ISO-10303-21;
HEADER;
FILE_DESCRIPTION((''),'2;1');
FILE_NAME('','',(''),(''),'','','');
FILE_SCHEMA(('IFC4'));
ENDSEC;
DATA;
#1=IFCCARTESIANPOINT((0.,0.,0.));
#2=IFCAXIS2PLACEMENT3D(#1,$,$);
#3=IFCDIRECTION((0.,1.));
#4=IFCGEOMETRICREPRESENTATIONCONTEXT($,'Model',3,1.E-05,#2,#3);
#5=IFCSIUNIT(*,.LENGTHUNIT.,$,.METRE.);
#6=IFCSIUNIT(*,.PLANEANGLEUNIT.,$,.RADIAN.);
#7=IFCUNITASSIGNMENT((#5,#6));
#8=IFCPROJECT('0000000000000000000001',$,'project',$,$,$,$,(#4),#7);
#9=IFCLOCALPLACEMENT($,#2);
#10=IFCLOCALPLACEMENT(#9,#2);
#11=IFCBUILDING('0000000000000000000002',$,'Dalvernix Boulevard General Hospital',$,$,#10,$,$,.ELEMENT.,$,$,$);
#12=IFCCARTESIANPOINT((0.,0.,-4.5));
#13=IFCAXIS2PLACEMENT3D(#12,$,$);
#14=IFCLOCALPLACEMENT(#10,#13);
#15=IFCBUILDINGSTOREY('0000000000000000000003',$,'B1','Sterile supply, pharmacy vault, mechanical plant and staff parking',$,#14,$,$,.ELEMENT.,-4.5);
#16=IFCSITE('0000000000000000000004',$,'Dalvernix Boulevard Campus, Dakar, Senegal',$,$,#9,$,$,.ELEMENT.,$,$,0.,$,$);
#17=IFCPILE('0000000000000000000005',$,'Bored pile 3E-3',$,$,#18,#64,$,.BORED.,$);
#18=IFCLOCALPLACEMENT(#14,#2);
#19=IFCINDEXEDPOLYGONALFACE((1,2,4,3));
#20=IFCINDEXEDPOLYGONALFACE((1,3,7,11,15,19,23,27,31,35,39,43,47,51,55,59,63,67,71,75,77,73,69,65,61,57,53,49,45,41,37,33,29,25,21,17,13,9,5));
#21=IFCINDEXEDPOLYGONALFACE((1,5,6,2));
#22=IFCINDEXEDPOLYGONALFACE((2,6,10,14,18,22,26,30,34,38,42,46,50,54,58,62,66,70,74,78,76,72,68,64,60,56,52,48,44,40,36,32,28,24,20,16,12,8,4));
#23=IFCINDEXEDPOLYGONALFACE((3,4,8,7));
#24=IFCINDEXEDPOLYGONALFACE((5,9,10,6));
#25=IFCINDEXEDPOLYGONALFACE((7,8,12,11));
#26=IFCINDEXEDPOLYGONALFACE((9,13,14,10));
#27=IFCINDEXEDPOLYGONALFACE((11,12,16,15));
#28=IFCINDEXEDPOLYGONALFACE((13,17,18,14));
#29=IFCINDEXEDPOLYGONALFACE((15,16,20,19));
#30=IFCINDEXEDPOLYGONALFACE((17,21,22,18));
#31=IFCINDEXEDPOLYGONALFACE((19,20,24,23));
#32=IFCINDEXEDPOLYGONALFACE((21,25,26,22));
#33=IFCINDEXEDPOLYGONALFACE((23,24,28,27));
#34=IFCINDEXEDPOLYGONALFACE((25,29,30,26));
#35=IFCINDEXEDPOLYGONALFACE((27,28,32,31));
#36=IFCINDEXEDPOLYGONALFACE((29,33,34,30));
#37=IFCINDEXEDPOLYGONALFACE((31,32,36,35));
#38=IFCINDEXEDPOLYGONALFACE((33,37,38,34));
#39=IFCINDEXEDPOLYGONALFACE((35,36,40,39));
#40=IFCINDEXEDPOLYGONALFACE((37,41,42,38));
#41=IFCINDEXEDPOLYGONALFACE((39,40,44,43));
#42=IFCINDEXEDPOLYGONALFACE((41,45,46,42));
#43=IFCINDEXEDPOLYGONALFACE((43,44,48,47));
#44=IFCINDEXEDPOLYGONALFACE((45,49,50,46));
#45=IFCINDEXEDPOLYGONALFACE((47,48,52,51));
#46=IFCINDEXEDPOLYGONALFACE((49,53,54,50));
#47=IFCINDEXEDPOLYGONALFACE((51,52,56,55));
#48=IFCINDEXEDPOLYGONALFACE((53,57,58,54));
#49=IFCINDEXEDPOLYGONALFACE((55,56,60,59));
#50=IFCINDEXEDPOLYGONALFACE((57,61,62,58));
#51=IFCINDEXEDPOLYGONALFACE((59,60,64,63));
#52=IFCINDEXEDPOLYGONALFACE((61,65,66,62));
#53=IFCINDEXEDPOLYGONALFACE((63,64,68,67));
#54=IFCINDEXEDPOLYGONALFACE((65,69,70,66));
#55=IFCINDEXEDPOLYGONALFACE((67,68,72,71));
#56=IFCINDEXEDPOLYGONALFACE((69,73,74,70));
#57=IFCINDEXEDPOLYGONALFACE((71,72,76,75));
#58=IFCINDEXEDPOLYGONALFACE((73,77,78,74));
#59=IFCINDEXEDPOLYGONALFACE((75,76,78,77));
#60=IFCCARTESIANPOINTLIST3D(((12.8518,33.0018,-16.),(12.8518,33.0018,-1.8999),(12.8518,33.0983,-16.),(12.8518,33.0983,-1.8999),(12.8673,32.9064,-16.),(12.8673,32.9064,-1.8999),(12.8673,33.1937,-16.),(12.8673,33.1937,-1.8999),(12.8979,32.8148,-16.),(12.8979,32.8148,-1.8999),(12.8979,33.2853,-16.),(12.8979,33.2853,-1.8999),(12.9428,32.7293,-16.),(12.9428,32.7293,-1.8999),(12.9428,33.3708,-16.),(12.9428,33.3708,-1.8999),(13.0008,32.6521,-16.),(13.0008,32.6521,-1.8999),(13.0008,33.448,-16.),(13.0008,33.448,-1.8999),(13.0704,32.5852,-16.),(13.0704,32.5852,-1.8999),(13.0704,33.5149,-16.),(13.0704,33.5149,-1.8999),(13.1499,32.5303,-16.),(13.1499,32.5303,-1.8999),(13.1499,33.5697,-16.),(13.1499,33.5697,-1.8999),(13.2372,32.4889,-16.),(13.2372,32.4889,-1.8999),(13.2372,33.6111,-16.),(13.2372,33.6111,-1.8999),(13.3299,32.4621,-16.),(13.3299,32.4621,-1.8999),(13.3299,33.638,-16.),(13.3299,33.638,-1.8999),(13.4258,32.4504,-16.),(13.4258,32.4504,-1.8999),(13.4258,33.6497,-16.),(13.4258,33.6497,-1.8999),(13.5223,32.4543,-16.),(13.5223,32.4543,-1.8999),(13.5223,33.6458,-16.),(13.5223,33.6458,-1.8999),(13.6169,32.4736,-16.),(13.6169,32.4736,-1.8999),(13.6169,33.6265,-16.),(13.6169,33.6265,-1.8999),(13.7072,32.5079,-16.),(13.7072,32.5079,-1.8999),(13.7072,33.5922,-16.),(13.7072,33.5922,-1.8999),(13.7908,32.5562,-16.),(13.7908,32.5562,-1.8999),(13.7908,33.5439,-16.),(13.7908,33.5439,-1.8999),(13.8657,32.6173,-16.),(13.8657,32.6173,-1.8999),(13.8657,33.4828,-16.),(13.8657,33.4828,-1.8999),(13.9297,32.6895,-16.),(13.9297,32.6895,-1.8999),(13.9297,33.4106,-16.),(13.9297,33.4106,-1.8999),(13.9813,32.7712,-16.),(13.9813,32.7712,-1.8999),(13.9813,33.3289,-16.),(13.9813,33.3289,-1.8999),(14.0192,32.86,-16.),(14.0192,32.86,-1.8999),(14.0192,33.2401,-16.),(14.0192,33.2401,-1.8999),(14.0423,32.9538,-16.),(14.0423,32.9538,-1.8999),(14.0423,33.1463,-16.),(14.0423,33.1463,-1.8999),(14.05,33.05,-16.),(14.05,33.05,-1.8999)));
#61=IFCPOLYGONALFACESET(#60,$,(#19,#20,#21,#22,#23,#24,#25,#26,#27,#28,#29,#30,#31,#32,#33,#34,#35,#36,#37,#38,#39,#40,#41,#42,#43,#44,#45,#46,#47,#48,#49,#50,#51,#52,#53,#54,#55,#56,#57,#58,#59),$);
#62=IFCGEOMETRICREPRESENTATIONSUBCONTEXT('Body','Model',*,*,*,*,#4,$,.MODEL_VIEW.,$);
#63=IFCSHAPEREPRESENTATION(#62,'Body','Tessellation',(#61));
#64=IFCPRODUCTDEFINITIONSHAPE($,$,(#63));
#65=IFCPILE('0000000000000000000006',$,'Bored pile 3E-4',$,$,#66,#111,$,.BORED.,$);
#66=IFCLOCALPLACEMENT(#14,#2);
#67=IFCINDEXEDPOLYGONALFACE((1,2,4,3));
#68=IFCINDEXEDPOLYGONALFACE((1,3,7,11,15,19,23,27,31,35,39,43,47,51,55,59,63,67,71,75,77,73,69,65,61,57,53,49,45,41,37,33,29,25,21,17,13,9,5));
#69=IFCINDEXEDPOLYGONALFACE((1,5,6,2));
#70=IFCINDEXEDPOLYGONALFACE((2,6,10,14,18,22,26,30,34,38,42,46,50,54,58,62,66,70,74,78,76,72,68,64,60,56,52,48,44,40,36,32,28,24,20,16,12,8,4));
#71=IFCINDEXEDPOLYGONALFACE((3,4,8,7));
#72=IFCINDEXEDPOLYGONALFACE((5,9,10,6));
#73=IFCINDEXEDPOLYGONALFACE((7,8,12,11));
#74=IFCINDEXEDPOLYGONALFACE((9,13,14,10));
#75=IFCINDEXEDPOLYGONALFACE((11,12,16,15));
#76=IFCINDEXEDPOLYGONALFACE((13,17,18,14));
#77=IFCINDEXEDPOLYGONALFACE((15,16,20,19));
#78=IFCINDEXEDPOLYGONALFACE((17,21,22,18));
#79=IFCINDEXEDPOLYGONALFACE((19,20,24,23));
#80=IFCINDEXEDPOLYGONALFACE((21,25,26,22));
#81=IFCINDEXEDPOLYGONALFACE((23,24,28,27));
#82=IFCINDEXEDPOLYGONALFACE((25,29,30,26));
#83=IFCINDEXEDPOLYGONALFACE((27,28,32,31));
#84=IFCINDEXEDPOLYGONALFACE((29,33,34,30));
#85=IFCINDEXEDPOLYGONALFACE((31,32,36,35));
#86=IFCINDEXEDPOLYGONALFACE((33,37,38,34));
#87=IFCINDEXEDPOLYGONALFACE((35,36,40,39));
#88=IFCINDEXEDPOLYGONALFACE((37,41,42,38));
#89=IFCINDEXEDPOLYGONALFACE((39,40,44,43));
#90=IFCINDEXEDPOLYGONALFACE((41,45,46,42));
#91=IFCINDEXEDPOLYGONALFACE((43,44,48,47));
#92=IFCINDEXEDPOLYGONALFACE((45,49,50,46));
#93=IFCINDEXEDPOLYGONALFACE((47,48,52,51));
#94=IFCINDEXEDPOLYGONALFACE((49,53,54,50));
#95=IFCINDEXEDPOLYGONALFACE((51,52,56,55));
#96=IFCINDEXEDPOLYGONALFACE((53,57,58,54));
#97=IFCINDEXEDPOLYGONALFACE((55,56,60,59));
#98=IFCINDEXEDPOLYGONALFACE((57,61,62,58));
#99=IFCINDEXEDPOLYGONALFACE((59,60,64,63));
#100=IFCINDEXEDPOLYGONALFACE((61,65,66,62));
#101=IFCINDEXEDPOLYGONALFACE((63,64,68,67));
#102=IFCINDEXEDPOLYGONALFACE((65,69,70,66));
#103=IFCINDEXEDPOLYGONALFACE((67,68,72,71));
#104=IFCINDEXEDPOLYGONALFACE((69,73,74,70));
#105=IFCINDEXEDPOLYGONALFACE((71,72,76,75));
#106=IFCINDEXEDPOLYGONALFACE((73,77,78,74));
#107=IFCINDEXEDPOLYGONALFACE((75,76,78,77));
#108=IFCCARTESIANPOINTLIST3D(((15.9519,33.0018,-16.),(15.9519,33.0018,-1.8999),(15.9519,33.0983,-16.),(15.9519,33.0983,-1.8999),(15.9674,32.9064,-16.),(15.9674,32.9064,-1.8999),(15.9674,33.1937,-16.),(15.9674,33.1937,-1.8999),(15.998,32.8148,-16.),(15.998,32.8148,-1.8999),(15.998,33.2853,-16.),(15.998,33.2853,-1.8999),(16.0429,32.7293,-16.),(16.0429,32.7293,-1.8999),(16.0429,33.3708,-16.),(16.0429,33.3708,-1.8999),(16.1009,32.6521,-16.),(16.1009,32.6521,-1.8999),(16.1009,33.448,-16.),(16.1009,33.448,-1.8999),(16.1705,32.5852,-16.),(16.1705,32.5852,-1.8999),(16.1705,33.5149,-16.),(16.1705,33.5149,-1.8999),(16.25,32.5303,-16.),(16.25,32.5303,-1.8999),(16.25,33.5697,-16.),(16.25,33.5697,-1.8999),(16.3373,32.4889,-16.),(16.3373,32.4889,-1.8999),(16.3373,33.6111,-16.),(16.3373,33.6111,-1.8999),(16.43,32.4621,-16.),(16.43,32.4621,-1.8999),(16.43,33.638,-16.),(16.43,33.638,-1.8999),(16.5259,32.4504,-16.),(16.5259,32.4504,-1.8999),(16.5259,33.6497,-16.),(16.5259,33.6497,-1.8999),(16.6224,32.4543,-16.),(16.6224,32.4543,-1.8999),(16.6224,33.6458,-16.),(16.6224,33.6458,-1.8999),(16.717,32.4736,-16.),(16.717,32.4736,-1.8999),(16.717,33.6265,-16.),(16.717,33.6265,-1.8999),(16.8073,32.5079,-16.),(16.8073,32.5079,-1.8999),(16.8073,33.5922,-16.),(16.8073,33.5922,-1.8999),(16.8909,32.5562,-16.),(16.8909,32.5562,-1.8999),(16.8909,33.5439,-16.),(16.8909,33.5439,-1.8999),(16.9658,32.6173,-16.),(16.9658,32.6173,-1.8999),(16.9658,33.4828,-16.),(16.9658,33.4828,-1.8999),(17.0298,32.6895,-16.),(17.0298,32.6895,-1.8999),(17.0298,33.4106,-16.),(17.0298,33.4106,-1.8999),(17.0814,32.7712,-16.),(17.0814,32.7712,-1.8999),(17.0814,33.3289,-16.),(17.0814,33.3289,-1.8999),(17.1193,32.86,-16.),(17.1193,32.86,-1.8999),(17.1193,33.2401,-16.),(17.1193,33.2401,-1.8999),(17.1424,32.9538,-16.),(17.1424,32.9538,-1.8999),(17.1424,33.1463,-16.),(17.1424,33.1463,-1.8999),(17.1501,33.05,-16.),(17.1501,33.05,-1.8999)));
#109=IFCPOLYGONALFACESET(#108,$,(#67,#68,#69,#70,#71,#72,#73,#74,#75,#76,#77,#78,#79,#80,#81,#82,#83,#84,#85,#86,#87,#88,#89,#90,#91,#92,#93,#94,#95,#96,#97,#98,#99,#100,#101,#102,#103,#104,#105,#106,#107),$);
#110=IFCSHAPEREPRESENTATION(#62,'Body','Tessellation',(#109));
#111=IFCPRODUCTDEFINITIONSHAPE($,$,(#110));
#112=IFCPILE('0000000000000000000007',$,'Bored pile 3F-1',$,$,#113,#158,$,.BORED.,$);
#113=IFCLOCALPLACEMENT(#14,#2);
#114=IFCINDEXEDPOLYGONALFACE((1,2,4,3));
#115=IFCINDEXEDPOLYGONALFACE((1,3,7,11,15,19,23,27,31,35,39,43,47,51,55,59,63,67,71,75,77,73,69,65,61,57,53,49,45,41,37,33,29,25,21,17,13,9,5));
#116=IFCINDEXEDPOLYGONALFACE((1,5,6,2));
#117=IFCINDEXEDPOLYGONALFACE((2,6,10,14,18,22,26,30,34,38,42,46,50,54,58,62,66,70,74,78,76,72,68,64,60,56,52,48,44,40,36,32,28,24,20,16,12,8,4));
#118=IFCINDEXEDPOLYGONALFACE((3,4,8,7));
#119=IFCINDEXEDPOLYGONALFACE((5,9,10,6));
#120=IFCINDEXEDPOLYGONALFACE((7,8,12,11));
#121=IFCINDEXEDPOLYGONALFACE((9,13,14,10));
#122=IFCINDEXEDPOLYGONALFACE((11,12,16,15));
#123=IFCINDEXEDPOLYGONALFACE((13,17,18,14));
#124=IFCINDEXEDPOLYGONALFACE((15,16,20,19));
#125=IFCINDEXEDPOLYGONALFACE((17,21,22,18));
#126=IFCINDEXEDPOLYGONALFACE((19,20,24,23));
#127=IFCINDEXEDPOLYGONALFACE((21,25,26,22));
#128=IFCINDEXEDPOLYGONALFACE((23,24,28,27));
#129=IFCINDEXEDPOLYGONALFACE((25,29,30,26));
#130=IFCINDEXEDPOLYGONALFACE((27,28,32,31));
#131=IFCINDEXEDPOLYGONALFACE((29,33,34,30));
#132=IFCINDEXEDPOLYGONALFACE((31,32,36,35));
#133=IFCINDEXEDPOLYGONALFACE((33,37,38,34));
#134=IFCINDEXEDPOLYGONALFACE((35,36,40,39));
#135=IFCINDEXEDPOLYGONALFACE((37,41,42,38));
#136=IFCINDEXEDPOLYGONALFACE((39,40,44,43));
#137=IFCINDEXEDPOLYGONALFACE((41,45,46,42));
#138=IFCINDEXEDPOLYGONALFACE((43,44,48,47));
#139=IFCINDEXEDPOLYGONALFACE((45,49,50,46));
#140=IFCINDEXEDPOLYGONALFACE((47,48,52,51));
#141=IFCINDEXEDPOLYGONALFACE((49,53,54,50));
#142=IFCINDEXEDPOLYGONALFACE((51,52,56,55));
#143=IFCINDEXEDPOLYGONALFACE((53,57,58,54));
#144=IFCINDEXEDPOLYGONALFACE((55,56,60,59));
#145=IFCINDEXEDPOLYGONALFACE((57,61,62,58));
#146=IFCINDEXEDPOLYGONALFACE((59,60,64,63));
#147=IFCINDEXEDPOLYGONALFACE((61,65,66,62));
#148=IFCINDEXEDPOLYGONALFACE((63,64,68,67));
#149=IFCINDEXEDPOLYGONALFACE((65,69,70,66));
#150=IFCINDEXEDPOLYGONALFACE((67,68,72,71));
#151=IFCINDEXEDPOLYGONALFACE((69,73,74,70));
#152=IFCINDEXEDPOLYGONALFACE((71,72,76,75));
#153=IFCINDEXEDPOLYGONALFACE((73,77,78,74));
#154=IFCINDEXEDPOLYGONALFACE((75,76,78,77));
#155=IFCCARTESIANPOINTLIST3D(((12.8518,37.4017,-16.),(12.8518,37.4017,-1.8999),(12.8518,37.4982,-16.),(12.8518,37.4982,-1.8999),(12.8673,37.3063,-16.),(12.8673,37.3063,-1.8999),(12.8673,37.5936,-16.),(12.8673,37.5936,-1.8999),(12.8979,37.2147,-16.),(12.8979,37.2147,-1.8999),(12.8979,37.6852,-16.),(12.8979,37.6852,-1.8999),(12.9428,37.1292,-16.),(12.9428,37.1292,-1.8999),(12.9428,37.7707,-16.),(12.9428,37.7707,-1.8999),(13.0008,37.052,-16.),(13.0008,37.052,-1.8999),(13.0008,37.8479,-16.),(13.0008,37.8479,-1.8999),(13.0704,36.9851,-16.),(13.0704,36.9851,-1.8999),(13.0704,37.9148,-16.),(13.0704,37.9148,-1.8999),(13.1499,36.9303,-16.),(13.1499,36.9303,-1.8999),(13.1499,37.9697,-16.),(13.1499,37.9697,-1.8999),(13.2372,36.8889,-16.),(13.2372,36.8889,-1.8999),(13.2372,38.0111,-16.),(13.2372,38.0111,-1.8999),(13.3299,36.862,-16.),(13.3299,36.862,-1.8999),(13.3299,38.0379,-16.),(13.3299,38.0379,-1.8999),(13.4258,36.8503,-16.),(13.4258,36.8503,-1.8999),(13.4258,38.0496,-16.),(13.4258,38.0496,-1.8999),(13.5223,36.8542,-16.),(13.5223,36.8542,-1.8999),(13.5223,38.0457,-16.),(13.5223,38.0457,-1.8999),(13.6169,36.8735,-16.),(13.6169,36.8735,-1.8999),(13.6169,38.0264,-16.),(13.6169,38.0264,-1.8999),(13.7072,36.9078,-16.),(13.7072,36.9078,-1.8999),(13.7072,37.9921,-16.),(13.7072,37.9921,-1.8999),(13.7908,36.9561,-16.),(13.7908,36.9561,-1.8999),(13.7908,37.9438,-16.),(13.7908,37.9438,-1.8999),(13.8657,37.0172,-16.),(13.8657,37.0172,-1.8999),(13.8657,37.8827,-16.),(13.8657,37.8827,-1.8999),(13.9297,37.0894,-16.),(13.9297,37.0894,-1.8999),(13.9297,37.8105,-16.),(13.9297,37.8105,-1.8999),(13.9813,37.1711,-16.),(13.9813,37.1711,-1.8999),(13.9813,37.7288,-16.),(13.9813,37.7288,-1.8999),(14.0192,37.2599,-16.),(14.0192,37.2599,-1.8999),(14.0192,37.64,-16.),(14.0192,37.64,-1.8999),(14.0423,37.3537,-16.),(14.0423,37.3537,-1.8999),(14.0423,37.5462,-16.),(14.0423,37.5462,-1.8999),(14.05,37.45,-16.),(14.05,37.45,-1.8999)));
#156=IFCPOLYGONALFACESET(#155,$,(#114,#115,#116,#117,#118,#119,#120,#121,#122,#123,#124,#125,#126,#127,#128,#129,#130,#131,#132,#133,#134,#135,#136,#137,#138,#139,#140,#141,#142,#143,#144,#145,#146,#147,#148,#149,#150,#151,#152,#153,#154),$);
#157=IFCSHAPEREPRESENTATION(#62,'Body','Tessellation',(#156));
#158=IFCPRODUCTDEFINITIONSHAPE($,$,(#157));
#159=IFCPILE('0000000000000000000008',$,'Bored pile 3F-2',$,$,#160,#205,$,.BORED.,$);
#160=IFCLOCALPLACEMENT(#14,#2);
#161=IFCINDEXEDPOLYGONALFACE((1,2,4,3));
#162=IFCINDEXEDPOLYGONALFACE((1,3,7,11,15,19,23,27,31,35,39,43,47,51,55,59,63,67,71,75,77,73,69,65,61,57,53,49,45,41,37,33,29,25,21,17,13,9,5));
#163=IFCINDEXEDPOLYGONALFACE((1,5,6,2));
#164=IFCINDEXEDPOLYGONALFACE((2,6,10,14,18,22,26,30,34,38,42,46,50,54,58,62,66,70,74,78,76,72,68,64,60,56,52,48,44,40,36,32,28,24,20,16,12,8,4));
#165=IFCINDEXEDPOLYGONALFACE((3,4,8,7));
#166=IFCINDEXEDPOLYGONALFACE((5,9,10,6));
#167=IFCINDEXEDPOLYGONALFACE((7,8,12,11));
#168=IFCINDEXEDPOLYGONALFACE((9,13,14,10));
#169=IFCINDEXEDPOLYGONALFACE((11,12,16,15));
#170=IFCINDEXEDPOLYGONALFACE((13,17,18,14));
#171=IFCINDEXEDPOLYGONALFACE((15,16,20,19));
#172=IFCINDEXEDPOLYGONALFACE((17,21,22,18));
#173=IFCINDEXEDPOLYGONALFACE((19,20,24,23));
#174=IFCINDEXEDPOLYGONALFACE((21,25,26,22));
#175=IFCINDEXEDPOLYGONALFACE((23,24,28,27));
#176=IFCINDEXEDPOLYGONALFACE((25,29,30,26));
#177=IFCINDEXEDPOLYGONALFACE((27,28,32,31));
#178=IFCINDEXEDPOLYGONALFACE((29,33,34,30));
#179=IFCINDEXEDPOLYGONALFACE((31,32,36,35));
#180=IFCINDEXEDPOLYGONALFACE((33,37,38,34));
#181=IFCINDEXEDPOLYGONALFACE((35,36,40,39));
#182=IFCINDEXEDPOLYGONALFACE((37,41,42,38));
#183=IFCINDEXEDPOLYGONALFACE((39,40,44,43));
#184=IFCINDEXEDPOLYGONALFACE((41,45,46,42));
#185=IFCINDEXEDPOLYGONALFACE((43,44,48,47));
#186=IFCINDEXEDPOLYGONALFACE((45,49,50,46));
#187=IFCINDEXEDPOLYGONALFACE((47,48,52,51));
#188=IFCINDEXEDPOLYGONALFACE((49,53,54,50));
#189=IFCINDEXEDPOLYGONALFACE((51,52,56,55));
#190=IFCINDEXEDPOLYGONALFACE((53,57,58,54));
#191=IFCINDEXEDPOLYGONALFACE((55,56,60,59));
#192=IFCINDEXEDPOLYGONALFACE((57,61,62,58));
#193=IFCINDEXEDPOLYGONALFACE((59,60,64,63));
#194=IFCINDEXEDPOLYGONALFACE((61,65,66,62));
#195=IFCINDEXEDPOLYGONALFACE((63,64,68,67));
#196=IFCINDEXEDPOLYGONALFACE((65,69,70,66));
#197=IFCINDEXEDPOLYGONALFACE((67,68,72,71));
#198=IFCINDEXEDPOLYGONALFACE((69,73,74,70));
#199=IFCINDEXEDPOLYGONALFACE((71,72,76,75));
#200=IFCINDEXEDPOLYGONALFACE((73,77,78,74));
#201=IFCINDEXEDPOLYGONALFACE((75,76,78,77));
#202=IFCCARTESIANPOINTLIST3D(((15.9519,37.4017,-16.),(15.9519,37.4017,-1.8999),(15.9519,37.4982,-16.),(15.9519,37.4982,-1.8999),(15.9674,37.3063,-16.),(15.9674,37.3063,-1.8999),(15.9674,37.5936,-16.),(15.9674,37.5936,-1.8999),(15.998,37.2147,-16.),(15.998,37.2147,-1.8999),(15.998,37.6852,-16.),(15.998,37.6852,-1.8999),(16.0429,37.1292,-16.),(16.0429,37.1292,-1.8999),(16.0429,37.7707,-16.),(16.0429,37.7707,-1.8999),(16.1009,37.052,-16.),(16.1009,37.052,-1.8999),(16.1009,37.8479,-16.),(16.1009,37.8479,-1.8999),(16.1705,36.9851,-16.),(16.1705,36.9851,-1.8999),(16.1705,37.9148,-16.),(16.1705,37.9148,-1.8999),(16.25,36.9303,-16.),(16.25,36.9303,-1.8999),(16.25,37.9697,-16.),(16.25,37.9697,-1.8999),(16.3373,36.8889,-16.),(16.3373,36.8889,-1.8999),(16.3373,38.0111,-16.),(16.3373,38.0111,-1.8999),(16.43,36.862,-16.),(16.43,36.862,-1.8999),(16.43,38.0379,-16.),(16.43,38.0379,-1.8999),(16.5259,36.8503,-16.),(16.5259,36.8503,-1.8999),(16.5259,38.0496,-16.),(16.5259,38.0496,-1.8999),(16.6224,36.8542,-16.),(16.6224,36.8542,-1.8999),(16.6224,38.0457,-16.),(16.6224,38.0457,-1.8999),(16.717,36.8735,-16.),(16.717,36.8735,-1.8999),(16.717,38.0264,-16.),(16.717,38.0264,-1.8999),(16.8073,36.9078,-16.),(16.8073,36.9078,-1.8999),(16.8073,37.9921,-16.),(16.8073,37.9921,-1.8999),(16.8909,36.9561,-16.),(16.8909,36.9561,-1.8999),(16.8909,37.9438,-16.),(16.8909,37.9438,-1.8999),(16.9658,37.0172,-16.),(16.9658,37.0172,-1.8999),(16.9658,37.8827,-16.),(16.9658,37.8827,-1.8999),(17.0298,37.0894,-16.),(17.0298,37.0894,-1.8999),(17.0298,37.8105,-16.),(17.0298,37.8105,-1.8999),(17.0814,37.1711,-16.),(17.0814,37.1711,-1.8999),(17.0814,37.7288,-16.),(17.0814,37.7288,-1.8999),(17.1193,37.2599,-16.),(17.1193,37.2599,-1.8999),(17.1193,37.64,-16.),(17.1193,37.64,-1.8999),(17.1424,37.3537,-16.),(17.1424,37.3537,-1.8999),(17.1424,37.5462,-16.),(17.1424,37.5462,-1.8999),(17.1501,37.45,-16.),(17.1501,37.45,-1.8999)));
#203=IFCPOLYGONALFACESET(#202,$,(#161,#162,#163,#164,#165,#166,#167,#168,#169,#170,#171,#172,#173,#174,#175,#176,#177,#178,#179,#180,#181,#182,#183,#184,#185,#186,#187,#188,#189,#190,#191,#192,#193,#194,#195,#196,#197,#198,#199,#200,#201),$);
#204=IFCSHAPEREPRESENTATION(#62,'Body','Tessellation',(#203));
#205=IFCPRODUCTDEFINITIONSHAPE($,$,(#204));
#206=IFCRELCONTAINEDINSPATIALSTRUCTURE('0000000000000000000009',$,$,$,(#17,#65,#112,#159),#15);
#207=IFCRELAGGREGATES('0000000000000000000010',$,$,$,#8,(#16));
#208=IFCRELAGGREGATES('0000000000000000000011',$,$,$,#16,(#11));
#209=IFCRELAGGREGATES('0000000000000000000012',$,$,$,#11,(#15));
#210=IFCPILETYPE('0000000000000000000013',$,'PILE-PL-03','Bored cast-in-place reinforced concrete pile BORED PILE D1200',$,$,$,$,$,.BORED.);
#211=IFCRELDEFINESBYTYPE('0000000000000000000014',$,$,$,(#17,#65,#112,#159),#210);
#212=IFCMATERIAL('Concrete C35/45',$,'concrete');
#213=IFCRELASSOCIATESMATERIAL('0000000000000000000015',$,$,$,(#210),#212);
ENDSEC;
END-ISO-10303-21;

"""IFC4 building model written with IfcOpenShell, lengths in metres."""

from ifc_helpers import new_model, si_unit, direction, frame, origin, origin_2d, place, context, subcontext, project, spatial, circle, extrude, material, material_profile, profile_set, type_object, element, save


model = new_model("IFC4")

# Units and contexts
model_context = context("Model", 3, precision=1e-05, world=origin(), true_north=direction((0.0, 1.0)))
body_context = subcontext(model_context, "Body", "Model", "MODEL_VIEW")
ifc_project = project(units=[si_unit("LENGTHUNIT", "METRE"), si_unit("PLANEANGLEUNIT", "RADIAN")], contexts=[model_context])

# Site, building, storey
site_placement = place(None, origin())
site = spatial("IfcSite", under=ifc_project, at=site_placement, Name="Dalvernix Boulevard Campus, Dakar, Senegal", CompositionType="ELEMENT", RefElevation=0.0)
building_placement = place(site_placement, origin())
building = spatial("IfcBuilding", under=site, at=building_placement, Name="Dalvernix Boulevard General Hospital", CompositionType="ELEMENT")
storey_placement = place(building_placement, frame((0.0, 0.0, -4.5)))
storey = spatial("IfcBuildingStorey", under=building, at=storey_placement, Name="B1", Description="Sterile supply, pharmacy vault, mechanical plant and staff parking", CompositionType="ELEMENT", Elevation=-4.5)

# Shared definitions
ifc_material_1 = material(Name="Concrete C35/45", Category="concrete")

# Piles
ifc_material_profile_1 = material_profile(ifc_material_1, circle(Radius=0.6001, at=origin_2d()), Name="BORED PILE D1200")
ifc_profile_set_1 = profile_set([ifc_material_profile_1], Name="Concrete C35/45")
pile_type = type_object("IfcPileType", Name="PILE-PL-03", Description="Bored cast-in-place reinforced concrete pile BORED PILE D1200", PredefinedType="BORED", material=ifc_profile_set_1)
for number, where, z_axis, x_axis, name in (
    (1, (13.45, 33.05, -1.8999), (0.0, 0.0, -1.0), (1.0, 0.0, 0.0), "Bored pile 3E-3"),
    (2, (16.55, 33.05, -1.8999), (0.0, 0.0, -1.0), (1.0, 0.0, 0.0), "Bored pile 3E-4"),
    (3, (13.45, 37.45, -1.8999), (0.0, 0.0, -1.0), (1.0, 0.0, 0.0), "Bored pile 3F-1"),
    (4, (16.55, 37.45, -1.8999), (0.0, 0.0, -1.0), (1.0, 0.0, 0.0), "Bored pile 3F-2"),
):
    element("IfcPile", number, at=place(storey_placement, frame(where, z_axis=z_axis, x_axis=x_axis)), inside=storey, type_object=pile_type, Name=name, PredefinedType="BORED", context=body_context, shape_type="SweptSolid", body=[
        extrude(circle(Radius=0.6001, at=origin_2d()), origin(), (0.0, 0.0, 1.0), 14.1001),
    ])

save(model, "model.ifc")
